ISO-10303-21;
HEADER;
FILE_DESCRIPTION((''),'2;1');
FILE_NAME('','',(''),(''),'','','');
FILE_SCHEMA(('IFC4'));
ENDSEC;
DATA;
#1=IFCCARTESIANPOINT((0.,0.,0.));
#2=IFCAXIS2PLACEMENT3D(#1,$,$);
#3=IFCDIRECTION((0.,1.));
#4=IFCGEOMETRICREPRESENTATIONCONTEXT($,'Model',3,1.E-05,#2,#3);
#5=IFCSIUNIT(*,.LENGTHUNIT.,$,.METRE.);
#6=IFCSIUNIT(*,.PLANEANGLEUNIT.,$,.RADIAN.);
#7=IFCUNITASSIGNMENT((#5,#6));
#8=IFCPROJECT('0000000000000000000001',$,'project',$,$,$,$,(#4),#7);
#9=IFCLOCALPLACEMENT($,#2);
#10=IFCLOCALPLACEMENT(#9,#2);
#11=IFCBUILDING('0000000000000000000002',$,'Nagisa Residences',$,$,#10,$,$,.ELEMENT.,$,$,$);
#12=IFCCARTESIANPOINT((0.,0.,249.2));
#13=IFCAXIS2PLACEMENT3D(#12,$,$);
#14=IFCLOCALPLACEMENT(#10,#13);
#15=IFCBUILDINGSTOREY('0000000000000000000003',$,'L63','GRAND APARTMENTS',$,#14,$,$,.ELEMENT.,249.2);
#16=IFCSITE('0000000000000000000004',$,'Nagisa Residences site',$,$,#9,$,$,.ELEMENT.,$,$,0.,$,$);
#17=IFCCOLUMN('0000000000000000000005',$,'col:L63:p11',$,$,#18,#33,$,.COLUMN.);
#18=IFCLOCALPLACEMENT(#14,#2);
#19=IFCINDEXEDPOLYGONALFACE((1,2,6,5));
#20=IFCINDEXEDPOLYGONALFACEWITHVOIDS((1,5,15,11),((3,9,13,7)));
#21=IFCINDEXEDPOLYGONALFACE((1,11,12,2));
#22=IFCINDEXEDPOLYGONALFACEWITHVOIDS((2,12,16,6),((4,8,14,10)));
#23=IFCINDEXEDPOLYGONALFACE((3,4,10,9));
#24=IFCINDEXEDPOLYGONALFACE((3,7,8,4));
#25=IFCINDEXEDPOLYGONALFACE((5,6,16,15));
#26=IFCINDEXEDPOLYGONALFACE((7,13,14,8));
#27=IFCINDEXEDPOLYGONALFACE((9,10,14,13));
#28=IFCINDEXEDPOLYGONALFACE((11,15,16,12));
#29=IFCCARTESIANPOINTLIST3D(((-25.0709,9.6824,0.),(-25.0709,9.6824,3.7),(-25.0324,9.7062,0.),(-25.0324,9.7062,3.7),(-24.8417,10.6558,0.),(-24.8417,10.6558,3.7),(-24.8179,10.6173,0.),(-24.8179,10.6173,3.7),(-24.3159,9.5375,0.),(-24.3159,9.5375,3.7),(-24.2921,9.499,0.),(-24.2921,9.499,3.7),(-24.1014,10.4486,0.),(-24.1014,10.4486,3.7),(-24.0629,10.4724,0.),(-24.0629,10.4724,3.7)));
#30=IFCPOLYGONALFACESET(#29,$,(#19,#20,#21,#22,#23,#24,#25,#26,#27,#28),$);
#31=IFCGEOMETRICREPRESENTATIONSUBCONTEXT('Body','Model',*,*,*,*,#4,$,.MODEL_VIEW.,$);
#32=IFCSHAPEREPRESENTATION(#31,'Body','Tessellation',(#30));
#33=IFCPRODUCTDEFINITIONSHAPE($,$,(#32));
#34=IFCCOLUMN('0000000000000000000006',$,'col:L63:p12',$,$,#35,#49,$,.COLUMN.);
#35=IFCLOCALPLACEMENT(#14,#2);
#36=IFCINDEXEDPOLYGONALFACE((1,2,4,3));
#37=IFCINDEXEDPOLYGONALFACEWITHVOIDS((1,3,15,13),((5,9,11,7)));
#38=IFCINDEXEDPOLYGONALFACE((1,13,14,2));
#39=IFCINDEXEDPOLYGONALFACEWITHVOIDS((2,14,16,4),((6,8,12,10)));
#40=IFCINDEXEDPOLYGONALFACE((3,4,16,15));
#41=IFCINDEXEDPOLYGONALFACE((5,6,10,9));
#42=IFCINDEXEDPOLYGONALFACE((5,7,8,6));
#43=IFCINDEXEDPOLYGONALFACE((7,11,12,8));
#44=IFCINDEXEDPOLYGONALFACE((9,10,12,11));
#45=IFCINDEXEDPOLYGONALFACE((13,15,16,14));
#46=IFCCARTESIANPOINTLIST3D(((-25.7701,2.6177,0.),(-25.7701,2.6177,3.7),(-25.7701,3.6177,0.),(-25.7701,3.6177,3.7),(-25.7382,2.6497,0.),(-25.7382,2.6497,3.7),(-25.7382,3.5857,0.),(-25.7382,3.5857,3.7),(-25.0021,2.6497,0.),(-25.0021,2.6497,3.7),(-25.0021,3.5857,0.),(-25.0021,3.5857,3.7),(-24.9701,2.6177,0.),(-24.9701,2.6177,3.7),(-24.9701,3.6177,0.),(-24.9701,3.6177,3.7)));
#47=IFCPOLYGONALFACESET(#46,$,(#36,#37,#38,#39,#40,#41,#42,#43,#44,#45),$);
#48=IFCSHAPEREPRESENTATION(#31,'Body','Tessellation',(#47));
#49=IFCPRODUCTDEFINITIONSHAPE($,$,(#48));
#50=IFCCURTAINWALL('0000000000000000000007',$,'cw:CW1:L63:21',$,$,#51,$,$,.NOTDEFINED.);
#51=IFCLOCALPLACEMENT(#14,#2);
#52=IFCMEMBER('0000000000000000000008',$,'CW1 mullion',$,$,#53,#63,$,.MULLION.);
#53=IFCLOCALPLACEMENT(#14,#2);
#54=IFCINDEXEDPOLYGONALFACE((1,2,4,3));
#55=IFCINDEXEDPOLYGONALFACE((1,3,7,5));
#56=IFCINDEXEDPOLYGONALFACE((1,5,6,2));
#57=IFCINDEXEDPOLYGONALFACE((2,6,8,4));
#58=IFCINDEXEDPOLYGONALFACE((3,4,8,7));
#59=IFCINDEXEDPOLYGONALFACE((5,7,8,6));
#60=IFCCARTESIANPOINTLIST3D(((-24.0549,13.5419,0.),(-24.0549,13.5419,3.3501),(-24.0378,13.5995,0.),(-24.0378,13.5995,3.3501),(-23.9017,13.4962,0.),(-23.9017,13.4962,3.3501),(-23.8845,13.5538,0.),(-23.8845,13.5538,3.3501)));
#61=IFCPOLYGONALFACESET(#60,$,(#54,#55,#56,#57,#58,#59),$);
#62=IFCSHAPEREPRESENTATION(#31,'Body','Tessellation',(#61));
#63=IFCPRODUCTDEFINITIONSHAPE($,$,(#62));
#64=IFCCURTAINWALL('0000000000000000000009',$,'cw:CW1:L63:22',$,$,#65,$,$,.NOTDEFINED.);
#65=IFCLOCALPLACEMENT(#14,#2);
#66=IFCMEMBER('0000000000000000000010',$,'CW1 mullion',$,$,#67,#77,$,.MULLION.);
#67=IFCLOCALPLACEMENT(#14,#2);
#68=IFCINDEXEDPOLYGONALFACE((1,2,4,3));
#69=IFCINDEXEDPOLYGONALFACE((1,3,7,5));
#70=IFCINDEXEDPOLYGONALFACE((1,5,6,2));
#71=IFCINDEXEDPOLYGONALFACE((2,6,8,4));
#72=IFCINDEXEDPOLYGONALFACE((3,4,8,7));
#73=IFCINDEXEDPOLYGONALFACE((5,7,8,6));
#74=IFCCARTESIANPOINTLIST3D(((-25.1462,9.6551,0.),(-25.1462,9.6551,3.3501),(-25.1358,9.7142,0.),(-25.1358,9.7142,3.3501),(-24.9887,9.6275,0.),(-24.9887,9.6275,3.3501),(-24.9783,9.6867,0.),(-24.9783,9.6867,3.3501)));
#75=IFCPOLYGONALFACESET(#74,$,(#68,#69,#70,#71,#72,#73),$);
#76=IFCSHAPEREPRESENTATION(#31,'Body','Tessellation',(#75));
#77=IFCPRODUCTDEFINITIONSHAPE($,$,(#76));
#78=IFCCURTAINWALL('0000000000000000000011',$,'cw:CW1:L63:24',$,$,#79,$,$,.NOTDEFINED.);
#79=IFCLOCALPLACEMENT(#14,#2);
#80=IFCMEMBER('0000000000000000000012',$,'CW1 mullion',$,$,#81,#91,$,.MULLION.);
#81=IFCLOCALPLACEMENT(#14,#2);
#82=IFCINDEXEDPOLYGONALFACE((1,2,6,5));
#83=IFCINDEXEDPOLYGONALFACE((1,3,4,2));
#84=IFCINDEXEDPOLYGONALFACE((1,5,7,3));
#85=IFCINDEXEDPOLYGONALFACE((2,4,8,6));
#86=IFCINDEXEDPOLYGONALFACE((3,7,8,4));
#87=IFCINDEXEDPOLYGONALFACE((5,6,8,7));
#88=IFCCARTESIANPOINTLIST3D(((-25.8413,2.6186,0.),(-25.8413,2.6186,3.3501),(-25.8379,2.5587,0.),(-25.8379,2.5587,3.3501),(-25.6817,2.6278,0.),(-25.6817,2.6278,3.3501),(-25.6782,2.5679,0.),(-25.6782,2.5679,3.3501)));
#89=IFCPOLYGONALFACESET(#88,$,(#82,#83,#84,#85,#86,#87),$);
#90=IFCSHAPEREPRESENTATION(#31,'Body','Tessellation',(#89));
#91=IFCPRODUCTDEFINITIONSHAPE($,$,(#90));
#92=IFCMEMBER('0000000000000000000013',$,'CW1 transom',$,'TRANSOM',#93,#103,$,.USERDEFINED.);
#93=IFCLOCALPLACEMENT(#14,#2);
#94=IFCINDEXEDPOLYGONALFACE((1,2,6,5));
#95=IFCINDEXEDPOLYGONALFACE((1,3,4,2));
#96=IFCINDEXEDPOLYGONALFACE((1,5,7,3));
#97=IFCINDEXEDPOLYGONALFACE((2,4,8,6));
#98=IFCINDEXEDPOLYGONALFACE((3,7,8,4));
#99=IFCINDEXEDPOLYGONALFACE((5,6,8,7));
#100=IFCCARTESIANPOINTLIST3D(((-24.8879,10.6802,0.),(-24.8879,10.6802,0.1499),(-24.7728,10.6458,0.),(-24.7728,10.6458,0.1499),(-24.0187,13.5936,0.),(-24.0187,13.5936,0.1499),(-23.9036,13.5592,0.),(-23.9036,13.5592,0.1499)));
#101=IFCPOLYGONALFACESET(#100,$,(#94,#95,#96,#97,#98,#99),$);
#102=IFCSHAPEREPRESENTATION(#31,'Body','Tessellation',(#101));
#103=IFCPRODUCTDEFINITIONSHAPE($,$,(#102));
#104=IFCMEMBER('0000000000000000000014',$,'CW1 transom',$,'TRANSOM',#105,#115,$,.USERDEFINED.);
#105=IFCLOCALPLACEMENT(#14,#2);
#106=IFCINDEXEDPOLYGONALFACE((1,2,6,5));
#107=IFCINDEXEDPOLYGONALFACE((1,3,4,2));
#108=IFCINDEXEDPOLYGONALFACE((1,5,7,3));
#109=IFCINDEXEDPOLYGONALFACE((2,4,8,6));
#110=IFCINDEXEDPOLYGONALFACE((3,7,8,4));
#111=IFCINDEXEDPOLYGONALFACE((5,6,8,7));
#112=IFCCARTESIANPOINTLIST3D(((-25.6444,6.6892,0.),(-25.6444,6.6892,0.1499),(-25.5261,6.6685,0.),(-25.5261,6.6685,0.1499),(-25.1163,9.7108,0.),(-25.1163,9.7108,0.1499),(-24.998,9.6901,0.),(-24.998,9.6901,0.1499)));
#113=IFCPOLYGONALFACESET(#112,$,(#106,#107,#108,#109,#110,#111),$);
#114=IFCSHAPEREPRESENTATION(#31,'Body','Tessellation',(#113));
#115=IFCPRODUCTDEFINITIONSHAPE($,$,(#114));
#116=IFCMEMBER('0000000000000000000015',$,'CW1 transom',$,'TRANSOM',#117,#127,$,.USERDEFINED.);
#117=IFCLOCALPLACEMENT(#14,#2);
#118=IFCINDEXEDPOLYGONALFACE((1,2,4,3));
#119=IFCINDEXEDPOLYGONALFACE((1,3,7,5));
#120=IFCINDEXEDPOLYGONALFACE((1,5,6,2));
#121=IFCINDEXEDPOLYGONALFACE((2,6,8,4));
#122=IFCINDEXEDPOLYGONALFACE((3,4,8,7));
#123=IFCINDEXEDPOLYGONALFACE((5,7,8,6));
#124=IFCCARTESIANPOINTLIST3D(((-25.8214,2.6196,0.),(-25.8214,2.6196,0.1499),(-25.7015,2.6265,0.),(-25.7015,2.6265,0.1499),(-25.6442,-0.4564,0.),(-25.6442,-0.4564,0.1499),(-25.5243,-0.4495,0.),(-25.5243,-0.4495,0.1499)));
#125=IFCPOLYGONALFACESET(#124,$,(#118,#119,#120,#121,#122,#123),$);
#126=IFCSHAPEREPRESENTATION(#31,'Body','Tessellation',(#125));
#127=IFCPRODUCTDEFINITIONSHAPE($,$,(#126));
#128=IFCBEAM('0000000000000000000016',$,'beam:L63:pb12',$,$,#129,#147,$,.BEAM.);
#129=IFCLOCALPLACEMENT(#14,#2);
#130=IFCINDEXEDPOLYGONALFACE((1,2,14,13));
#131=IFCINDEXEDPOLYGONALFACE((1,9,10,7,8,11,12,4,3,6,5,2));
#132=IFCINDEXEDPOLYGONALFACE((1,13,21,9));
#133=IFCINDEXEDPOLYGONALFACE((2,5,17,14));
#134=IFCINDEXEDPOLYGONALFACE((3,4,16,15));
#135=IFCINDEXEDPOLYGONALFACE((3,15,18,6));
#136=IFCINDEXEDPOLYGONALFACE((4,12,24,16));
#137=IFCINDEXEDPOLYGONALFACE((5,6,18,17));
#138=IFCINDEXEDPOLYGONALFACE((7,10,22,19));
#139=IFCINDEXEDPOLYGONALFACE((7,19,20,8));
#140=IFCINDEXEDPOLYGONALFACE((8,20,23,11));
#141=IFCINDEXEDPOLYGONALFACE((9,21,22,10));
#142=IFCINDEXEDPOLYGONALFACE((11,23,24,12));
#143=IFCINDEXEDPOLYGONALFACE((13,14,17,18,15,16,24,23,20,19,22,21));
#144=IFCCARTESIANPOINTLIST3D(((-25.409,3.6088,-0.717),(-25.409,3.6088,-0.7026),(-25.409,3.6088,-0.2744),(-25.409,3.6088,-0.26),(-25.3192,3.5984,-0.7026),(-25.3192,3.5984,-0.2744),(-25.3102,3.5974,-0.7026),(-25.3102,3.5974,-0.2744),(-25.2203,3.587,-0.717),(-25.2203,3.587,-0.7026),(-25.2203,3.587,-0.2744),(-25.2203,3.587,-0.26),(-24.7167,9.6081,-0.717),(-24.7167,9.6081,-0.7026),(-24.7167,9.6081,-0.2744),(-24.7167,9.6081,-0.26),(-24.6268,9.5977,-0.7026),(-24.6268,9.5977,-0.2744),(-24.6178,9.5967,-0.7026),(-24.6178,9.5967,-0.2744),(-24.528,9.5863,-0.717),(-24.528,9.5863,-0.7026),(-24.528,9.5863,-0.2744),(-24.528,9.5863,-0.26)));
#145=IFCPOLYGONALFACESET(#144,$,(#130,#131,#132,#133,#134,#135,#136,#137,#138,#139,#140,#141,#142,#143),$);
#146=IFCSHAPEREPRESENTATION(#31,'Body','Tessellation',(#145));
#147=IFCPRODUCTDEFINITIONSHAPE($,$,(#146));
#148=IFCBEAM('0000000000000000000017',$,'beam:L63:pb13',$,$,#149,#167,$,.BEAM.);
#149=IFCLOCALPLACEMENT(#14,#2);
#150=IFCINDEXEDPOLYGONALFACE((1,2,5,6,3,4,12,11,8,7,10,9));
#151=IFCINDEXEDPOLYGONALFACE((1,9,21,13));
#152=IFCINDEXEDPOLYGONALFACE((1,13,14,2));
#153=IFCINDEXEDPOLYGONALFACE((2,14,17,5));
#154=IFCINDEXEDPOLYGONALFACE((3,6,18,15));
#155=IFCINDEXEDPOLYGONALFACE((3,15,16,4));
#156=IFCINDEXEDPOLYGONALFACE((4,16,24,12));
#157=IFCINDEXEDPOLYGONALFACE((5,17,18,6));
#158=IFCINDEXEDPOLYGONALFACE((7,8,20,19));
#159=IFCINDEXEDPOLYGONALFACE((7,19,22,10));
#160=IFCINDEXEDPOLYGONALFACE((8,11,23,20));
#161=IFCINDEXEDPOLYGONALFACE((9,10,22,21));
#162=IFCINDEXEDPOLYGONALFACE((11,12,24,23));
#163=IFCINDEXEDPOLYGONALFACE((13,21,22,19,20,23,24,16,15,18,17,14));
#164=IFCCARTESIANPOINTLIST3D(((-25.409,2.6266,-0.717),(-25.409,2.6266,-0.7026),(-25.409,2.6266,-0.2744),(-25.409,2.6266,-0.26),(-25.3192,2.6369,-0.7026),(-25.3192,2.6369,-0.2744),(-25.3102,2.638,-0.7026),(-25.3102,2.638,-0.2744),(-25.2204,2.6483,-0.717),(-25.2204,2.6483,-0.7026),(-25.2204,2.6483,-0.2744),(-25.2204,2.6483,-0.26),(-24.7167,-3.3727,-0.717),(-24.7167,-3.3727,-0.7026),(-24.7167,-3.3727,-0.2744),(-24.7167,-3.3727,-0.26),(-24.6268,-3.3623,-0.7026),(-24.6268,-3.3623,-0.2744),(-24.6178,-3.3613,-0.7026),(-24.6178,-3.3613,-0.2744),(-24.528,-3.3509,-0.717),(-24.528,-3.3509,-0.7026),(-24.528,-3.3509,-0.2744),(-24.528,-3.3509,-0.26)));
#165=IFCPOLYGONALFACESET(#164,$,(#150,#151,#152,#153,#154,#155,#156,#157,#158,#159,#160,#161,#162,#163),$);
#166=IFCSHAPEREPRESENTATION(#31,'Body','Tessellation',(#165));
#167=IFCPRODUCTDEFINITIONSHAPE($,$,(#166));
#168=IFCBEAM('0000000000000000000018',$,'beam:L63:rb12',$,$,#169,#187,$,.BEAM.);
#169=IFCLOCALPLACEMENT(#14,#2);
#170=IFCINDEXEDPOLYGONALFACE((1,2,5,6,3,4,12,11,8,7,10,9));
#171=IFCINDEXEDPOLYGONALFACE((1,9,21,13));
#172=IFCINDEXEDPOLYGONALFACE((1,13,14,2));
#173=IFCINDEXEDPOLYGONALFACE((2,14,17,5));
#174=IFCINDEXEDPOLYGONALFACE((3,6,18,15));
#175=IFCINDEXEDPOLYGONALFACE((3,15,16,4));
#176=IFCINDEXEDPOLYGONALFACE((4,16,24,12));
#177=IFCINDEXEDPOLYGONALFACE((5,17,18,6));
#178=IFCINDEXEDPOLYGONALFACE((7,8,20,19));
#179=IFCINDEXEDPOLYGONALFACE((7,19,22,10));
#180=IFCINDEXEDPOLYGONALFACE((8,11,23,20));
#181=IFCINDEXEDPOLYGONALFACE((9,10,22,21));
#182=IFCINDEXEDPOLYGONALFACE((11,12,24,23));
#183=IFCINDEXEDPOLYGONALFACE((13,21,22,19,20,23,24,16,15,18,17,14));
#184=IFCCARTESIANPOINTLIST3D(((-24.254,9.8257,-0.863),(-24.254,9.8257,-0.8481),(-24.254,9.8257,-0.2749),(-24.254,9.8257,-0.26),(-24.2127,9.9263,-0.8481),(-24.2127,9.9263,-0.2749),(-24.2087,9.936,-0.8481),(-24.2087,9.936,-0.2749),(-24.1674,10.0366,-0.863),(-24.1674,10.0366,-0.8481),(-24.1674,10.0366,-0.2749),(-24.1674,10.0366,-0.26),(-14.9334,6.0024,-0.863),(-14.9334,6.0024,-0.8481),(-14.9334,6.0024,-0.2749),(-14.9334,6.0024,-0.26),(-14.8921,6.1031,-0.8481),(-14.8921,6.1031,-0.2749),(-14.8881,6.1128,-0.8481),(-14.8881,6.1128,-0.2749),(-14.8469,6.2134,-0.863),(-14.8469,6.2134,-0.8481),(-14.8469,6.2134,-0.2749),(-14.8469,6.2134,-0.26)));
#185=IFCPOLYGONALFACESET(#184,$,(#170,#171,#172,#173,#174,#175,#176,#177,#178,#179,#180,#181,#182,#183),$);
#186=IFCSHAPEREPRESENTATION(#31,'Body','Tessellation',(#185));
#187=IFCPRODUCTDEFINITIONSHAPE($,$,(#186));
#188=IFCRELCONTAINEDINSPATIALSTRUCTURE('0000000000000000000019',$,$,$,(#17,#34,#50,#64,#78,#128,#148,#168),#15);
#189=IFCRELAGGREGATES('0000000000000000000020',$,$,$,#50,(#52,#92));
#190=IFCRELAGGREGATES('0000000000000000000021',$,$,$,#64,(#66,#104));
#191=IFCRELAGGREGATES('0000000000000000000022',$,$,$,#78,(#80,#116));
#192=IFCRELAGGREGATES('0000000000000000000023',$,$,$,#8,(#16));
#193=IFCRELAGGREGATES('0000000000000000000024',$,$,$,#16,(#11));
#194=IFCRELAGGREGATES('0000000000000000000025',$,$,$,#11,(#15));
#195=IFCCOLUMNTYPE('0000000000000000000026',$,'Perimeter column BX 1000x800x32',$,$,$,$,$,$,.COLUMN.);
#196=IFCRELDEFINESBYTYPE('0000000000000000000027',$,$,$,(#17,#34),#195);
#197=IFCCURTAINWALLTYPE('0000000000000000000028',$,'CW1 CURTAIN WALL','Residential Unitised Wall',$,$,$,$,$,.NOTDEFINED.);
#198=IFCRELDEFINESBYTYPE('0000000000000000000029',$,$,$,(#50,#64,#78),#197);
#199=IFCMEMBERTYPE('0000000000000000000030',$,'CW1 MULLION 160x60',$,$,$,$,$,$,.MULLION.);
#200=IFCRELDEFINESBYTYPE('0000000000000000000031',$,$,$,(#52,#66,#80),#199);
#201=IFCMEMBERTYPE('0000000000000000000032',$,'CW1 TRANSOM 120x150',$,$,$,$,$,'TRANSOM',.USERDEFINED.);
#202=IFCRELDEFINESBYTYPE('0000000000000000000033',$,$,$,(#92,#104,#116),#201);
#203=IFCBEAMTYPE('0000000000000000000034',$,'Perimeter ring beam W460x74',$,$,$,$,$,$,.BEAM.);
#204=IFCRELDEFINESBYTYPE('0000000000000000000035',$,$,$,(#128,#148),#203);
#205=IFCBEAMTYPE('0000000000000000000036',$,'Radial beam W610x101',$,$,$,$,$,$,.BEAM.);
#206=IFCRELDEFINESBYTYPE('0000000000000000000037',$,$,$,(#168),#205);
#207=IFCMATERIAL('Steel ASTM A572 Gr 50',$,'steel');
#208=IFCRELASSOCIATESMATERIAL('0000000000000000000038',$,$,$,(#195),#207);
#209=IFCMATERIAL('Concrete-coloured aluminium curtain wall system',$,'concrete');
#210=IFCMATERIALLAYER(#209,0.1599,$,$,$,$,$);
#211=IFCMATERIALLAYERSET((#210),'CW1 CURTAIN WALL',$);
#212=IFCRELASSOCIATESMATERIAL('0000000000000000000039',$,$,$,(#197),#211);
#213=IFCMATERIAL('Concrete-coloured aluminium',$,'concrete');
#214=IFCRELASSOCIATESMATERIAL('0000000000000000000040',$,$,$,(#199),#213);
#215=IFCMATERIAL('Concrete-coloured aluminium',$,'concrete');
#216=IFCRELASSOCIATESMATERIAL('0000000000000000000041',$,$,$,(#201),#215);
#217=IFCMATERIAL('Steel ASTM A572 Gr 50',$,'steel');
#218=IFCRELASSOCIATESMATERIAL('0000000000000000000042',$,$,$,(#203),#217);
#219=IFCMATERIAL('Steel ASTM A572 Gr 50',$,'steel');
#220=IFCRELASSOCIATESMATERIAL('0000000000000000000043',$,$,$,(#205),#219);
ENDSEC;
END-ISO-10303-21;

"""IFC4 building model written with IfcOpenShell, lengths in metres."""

from ifc_helpers import new_model, si_unit, direction, frame, origin, origin_2d, place, context, subcontext, project, spatial, rectangle, hollow_rectangle, i_section, extrude, material, layer, layer_set, material_profile, profile_set, type_object, element, aggregate, save


model = new_model("IFC4")

# Units and contexts
model_context = context("Model", 3, precision=1e-05, world=origin(), true_north=direction((0.0, 1.0)))
body_context = subcontext(model_context, "Body", "Model", "MODEL_VIEW")
ifc_project = project(units=[si_unit("LENGTHUNIT", "METRE"), si_unit("PLANEANGLEUNIT", "RADIAN")], contexts=[model_context])

# Site, building, storey
site_placement = place(None, origin())
site = spatial("IfcSite", under=ifc_project, at=site_placement, Name="Nagisa Residences site", CompositionType="ELEMENT", RefElevation=0.0)
building_placement = place(site_placement, origin())
building = spatial("IfcBuilding", under=site, at=building_placement, Name="Nagisa Residences", CompositionType="ELEMENT")
storey_placement = place(building_placement, frame((0.0, 0.0, 249.2)))
storey = spatial("IfcBuildingStorey", under=building, at=storey_placement, Name="L63", Description="GRAND APARTMENTS", CompositionType="ELEMENT", Elevation=249.2)

# Columns
ifc_material_1 = material(Name="Steel ASTM A572 Gr 50", Category="steel")
ifc_material_profile_1 = material_profile(ifc_material_1, hollow_rectangle(XDim=1.0, YDim=0.8, WallThickness=0.032, at=origin_2d()), Name="BX 1000x800x32")
ifc_profile_set_1 = profile_set([ifc_material_profile_1], Name="Steel ASTM A572 Gr 50")
column_type = type_object("IfcColumnType", Name="Perimeter column BX 1000x800x32", PredefinedType="COLUMN", material=ifc_profile_set_1)
for number, where, z_axis, x_axis, name in (
    (1, (-24.5669, 10.0774, 0.0), (0.0, 0.0, 1.0), (-0.229202, -0.973379, 0.0), "col:L63:p11"),
    (2, (-25.3701, 3.1177, 0.0), (0.0, 0.0, 1.0), (0.0, -1.0, 0.0), "col:L63:p12"),
):
    element("IfcColumn", number, at=place(storey_placement, frame(where, z_axis=z_axis, x_axis=x_axis)), inside=storey, type_object=column_type, Name=name, PredefinedType="COLUMN", context=body_context, shape_type="SweptSolid", body=[
        extrude(hollow_rectangle(XDim=1.0, YDim=0.8, WallThickness=0.032, at=origin_2d()), origin(), (0.0, 0.0, 1.0), 3.7),
    ])

# Curtain walls, members
ifc_material_2 = material(Name="Concrete-coloured aluminium curtain wall system", Category="concrete")
ifc_layer_1 = layer(ifc_material_2, 0.1599)
ifc_layer_set_1 = layer_set([ifc_layer_1], Name="CW1 CURTAIN WALL")
curtain_wall_type = type_object("IfcCurtainWallType", Name="CW1 CURTAIN WALL", Description="Residential Unitised Wall", PredefinedType="NOTDEFINED", material=ifc_layer_set_1)
curtain_wall_1_placement = place(storey_placement, origin())
curtain_wall_1 = element("IfcCurtainWall", 3, at=curtain_wall_1_placement, inside=storey, type_object=curtain_wall_type, Name="cw:CW1:L63:21", PredefinedType="NOTDEFINED")
ifc_material_3 = material(Name="Concrete-coloured aluminium", Category="concrete")
ifc_material_profile_2 = material_profile(ifc_material_3, rectangle(XDim=0.1599, YDim=0.0601, at=origin_2d()), Name="CW1 MULLION 160x60")
ifc_profile_set_2 = profile_set([ifc_material_profile_2], Name="Concrete-coloured aluminium")
member_type_1 = type_object("IfcMemberType", Name="CW1 MULLION 160x60", PredefinedType="MULLION", material=ifc_profile_set_2)
member_1_placement = place(storey_placement, frame((-23.9697, 13.5479, 0.0), z_axis=(0.0, 0.0, 1.0), x_axis=(0.958271, -0.28586, 0.0)))
member_1 = element("IfcMember", 4, at=member_1_placement, type_object=member_type_1, Name="CW1 mullion", PredefinedType="MULLION", context=body_context, shape_type="SweptSolid", body=[
    extrude(rectangle(XDim=0.1599, YDim=0.0601, at=origin_2d()), origin(), (0.0, 0.0, 1.0), 3.3501),
])
curtain_wall_2_placement = place(storey_placement, origin())
curtain_wall_2 = element("IfcCurtainWall", 5, at=curtain_wall_2_placement, inside=storey, type_object=curtain_wall_type, Name="cw:CW1:L63:22", PredefinedType="NOTDEFINED")
member_2_placement = place(storey_placement, frame((-25.0623, 9.6709, 0.0), z_axis=(0.0, 0.0, 1.0), x_axis=(0.985064, -0.172191, 0.0)))
member_2 = element("IfcMember", 6, at=member_2_placement, type_object=member_type_1, Name="CW1 mullion", PredefinedType="MULLION", context=body_context, shape_type="SweptSolid", body=[
    extrude(rectangle(XDim=0.1599, YDim=0.0601, at=origin_2d()), origin(), (0.0, 0.0, 1.0), 3.3501),
])
curtain_wall_3_placement = place(storey_placement, origin())
curtain_wall_3 = element("IfcCurtainWall", 7, at=curtain_wall_3_placement, inside=storey, type_object=curtain_wall_type, Name="cw:CW1:L63:24", PredefinedType="NOTDEFINED")
member_3_placement = place(storey_placement, frame((-25.7598, 2.5933, 0.0), z_axis=(0.0, 0.0, 1.0), x_axis=(0.998345, 0.057503, 0.0)))
member_3 = element("IfcMember", 8, at=member_3_placement, type_object=member_type_1, Name="CW1 mullion", PredefinedType="MULLION", context=body_context, shape_type="SweptSolid", body=[
    extrude(rectangle(XDim=0.1599, YDim=0.0601, at=origin_2d()), origin(), (0.0, 0.0, 1.0), 3.3501),
])

# Members
ifc_material_4 = material(Name="Concrete-coloured aluminium", Category="concrete")
ifc_material_profile_3 = material_profile(ifc_material_4, rectangle(XDim=0.1201, YDim=0.1499, at=origin_2d()), Name="CW1 TRANSOM 120x150")
ifc_profile_set_3 = profile_set([ifc_material_profile_3], Name="Concrete-coloured aluminium")
member_type_2 = type_object("IfcMemberType", Name="CW1 TRANSOM 120x150", ElementType="TRANSOM", PredefinedType="USERDEFINED", material=ifc_profile_set_3)
member_4_placement = place(storey_placement, frame((-23.9612, 13.5764, 0.075), z_axis=(-0.285881, -0.958265, 0.0), x_axis=(0.958265, -0.285881, 0.0)))
member_4 = element("IfcMember", 9, at=member_4_placement, type_object=member_type_2, Name="CW1 transom", ObjectType="TRANSOM", PredefinedType="USERDEFINED", context=body_context, shape_type="SweptSolid", body=[
    extrude(rectangle(XDim=0.1201, YDim=0.1499, at=origin_2d()), origin(), (0.0, 0.0, 1.0), 3.0403),
])
member_5_placement = place(storey_placement, frame((-25.0571, 9.7004, 0.075), z_axis=(-0.172164, -0.985068, 0.0), x_axis=(0.985068, -0.172164, 0.0)))
member_5 = element("IfcMember", 10, at=member_5_placement, type_object=member_type_2, Name="CW1 transom", ObjectType="TRANSOM", PredefinedType="USERDEFINED", context=body_context, shape_type="SweptSolid", body=[
    extrude(rectangle(XDim=0.1201, YDim=0.1499, at=origin_2d()), origin(), (0.0, 0.0, 1.0), 3.0674),
])
member_6_placement = place(storey_placement, frame((-25.7615, 2.623, 0.075), z_axis=(0.057528, -0.998344, 0.0), x_axis=(0.998344, 0.057528, 0.0)))
member_6 = element("IfcMember", 11, at=member_6_placement, type_object=member_type_2, Name="CW1 transom", ObjectType="TRANSOM", PredefinedType="USERDEFINED", context=body_context, shape_type="SweptSolid", body=[
    extrude(rectangle(XDim=0.1201, YDim=0.1499, at=origin_2d()), origin(), (0.0, 0.0, 1.0), 3.0811),
])

# Beams
ifc_material_5 = material(Name="Steel ASTM A572 Gr 50", Category="steel")
ifc_material_profile_4 = material_profile(ifc_material_5, i_section(OverallWidth=0.1899, OverallDepth=0.457, WebThickness=0.009, FlangeThickness=0.0144, at=origin_2d()), Name="W460x74")
ifc_profile_set_4 = profile_set([ifc_material_profile_4], Name="Steel ASTM A572 Gr 50")
beam_type_1 = type_object("IfcBeamType", Name="Perimeter ring beam W460x74", PredefinedType="BEAM", material=ifc_profile_set_4)
for number, where, z_axis, x_axis, name in (
    (12, (-24.6223, 9.5972, -0.4885), (-0.11465, -0.993406, 0.0), (0.993406, -0.11465, 0.0), "beam:L63:pb12"),
    (13, (-25.3147, 2.6375, -0.4885), (0.11465, -0.993406, 0.0), (0.993406, 0.11465, 0.0), "beam:L63:pb13"),
):
    element("IfcBeam", number, at=place(storey_placement, frame(where, z_axis=z_axis, x_axis=x_axis)), inside=storey, type_object=beam_type_1, Name=name, PredefinedType="BEAM", context=body_context, shape_type="SweptSolid", body=[
        extrude(i_section(OverallWidth=0.1899, OverallDepth=0.457, WebThickness=0.009, FlangeThickness=0.0144, at=origin_2d()), origin(), (0.0, 0.0, 1.0), 6.0391),
    ])
ifc_material_6 = material(Name="Steel ASTM A572 Gr 50", Category="steel")
ifc_material_profile_5 = material_profile(ifc_material_6, i_section(OverallWidth=0.228, OverallDepth=0.603, WebThickness=0.0105, FlangeThickness=0.0149, at=origin_2d()), Name="W610x101")
ifc_profile_set_5 = profile_set([ifc_material_profile_5], Name="Steel ASTM A572 Gr 50")
beam_type_2 = type_object("IfcBeamType", Name="Radial beam W610x101", PredefinedType="BEAM", material=ifc_profile_set_5)
beam_1_placement = place(storey_placement, frame((-24.2107, 9.9312, -0.5615), z_axis=(0.925189, -0.379507, 0.0), x_axis=(0.379507, 0.925189, 0.0)))
element("IfcBeam", 14, at=beam_1_placement, inside=storey, type_object=beam_type_2, Name="beam:L63:rb12", PredefinedType="BEAM", context=body_context, shape_type="SweptSolid", body=[
    extrude(i_section(OverallWidth=0.228, OverallDepth=0.603, WebThickness=0.0105, FlangeThickness=0.0149, at=origin_2d()), origin(), (0.0, 0.0, 1.0), 10.0742),
])

aggregate(curtain_wall_1, [member_1, member_4])
aggregate(curtain_wall_2, [member_2, member_5])
aggregate(curtain_wall_3, [member_3, member_6])

save(model, "model.ifc")
